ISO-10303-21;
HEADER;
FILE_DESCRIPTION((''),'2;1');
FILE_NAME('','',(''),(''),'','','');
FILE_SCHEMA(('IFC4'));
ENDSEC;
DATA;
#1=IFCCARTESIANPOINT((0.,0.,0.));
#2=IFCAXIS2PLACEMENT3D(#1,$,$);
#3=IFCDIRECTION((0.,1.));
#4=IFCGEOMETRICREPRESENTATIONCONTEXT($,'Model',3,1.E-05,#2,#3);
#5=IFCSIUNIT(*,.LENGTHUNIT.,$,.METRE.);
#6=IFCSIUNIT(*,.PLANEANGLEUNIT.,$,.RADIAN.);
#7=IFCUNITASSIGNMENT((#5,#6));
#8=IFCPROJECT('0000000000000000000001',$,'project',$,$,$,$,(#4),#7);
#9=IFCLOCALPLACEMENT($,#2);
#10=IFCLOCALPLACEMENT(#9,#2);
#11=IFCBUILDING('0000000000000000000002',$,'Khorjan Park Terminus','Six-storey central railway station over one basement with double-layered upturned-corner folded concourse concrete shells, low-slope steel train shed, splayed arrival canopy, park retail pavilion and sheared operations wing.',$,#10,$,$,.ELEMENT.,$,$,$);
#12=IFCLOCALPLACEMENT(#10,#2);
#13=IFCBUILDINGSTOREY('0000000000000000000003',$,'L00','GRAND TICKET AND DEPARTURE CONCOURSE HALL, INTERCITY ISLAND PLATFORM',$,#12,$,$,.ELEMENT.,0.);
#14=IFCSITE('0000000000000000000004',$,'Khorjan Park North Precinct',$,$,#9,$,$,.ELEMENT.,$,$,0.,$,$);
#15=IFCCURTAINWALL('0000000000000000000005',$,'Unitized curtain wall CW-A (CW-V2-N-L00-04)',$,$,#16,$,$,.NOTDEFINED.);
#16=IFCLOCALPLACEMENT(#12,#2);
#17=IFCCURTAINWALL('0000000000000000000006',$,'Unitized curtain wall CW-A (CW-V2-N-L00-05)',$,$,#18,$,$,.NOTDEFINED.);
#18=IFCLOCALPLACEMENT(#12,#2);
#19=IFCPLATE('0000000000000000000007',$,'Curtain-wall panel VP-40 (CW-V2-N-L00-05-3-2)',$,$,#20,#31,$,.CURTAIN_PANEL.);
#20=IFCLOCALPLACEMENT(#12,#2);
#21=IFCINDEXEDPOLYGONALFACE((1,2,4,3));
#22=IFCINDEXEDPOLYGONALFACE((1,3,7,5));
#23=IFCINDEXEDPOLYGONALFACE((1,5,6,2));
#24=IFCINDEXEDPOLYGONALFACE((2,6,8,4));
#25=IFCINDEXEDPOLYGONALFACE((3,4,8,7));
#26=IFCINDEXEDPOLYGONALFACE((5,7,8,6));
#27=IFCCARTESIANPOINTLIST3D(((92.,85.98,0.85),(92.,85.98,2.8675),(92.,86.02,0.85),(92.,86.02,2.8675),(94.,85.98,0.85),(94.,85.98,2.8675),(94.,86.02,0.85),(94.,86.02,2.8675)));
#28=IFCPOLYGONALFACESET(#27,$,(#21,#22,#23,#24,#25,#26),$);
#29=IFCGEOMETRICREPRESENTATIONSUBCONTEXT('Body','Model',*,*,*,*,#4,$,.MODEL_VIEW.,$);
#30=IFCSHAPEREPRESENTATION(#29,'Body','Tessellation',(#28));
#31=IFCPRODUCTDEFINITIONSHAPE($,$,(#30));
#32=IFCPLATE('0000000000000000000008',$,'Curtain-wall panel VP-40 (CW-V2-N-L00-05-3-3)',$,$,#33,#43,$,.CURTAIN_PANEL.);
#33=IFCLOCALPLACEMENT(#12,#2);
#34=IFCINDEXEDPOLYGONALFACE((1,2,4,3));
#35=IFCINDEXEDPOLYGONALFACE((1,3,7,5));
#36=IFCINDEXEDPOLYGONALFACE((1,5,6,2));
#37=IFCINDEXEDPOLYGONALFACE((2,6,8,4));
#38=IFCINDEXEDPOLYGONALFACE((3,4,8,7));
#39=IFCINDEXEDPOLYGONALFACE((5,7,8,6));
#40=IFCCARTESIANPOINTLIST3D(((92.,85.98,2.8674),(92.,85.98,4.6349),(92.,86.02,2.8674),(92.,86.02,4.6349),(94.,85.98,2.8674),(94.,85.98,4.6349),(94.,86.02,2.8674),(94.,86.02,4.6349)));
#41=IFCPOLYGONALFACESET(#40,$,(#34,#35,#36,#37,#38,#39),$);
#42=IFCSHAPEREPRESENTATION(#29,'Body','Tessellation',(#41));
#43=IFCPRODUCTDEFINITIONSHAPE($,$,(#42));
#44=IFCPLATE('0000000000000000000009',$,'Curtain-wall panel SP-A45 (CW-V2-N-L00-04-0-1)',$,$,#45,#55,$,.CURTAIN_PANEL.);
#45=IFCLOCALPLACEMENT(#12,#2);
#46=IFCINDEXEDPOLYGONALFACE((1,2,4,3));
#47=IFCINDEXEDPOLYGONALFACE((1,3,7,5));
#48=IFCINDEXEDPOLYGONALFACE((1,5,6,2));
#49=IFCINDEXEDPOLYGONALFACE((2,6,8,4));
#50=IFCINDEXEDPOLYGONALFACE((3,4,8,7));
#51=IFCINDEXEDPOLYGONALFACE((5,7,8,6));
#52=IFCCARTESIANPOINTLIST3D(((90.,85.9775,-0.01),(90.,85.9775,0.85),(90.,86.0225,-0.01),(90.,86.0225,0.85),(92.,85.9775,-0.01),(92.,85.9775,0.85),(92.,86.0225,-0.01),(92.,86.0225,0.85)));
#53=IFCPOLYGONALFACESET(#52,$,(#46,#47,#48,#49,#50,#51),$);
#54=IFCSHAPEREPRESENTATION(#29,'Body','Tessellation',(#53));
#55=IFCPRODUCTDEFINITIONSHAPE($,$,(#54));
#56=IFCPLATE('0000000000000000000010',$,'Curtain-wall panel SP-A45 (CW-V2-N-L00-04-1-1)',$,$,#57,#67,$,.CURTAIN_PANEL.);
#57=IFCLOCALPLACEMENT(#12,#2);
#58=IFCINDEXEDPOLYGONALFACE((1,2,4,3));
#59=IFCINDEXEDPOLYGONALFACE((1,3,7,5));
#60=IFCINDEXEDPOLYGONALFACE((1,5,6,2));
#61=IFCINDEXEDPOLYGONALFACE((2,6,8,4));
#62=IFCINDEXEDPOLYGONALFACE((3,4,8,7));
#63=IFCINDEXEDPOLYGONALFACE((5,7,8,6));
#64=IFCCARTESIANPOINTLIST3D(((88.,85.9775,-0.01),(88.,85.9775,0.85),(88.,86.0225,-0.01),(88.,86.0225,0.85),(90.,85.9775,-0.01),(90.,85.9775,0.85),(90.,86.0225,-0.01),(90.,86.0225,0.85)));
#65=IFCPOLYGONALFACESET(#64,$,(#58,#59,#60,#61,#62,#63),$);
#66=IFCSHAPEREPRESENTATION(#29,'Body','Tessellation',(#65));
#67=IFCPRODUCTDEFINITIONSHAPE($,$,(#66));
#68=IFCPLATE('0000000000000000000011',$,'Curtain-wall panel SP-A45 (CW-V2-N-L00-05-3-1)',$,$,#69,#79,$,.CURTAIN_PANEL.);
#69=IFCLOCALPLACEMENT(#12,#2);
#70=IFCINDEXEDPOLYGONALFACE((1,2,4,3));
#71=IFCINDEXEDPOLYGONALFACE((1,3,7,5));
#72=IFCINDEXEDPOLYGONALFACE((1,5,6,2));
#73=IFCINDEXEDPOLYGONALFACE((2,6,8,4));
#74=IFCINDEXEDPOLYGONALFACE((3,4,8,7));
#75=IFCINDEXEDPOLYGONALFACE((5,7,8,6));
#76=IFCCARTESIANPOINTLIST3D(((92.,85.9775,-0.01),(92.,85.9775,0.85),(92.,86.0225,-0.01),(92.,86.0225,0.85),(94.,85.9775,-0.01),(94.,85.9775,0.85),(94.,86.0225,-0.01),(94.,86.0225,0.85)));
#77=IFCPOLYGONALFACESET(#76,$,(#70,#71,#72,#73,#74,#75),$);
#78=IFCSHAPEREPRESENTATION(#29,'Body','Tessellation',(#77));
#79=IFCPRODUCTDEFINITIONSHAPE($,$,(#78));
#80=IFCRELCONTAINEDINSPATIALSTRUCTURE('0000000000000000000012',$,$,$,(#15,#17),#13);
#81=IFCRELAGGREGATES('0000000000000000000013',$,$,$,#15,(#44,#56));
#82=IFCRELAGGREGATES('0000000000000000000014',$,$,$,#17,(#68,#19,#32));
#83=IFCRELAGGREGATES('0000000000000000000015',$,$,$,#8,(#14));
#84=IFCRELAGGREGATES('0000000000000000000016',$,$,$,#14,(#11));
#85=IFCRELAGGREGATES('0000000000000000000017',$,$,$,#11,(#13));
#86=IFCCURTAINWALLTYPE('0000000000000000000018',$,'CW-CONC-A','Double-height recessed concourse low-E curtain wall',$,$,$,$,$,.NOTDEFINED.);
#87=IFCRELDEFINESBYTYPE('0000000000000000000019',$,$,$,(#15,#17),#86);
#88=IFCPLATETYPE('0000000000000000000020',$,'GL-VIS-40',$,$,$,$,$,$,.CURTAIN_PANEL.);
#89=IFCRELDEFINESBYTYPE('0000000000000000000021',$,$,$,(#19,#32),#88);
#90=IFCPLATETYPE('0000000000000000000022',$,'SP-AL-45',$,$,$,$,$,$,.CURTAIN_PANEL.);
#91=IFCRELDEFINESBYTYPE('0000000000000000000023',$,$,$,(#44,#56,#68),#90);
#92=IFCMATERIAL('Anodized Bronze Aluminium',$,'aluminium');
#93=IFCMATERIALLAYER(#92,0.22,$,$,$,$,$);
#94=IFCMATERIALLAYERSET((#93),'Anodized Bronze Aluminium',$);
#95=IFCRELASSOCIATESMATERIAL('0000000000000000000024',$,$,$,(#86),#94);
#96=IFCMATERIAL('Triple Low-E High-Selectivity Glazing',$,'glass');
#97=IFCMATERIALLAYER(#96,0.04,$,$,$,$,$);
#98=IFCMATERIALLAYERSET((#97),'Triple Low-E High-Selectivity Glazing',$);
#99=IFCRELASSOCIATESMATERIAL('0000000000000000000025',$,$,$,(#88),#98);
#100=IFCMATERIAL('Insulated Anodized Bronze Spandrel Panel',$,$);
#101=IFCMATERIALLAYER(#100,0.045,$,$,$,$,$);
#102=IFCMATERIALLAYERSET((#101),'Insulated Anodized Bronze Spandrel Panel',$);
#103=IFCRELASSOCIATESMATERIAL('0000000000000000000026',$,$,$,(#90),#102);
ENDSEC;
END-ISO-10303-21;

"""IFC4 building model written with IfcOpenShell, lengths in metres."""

from ifc_helpers import new_model, si_unit, direction, frame, origin, origin_2d, place, context, subcontext, project, spatial, rectangle, extrude, material, layer, layer_set, type_object, element, aggregate, save


model = new_model("IFC4")

# Units and contexts
model_context = context("Model", 3, precision=1e-05, world=origin(), true_north=direction((0.0, 1.0)))
body_context = subcontext(model_context, "Body", "Model", "MODEL_VIEW")
ifc_project = project(units=[si_unit("LENGTHUNIT", "METRE"), si_unit("PLANEANGLEUNIT", "RADIAN")], contexts=[model_context])

# Site, building, storey
site_placement = place(None, origin())
site = spatial("IfcSite", under=ifc_project, at=site_placement, Name="Khorjan Park North Precinct", CompositionType="ELEMENT", RefElevation=0.0)
building_placement = place(site_placement, origin())
building = spatial("IfcBuilding", under=site, at=building_placement, Name="Khorjan Park Terminus", Description="Six-storey central railway station over one basement with double-layered upturned-corner folded concourse concrete shells, low-slope steel train shed, splayed arrival canopy, park retail pavilion and sheared operations wing.", CompositionType="ELEMENT")
storey_placement = place(building_placement, origin())
storey = spatial("IfcBuildingStorey", under=building, at=storey_placement, Name="L00", Description="GRAND TICKET AND DEPARTURE CONCOURSE HALL, INTERCITY ISLAND PLATFORM", CompositionType="ELEMENT", Elevation=0.0)

# Curtain wall
ifc_material_1 = material(Name="Anodized Bronze Aluminium", Category="aluminium")
ifc_layer_1 = layer(ifc_material_1, 0.22)
ifc_layer_set_1 = layer_set([ifc_layer_1], Name="Anodized Bronze Aluminium")
curtain_wall_type = type_object("IfcCurtainWallType", Name="CW-CONC-A", Description="Double-height recessed concourse low-E curtain wall", PredefinedType="NOTDEFINED", material=ifc_layer_set_1)
curtain_wall_1_placement = place(storey_placement, origin())
curtain_wall_1 = element("IfcCurtainWall", 1, at=curtain_wall_1_placement, inside=storey, type_object=curtain_wall_type, Name="Unitized curtain wall CW-A (CW-V2-N-L00-04)", PredefinedType="NOTDEFINED")

# Curtain wall
curtain_wall_2_placement = place(storey_placement, origin())
curtain_wall_2 = element("IfcCurtainWall", 2, at=curtain_wall_2_placement, inside=storey, type_object=curtain_wall_type, Name="Unitized curtain wall CW-A (CW-V2-N-L00-05)", PredefinedType="NOTDEFINED")

# Plates
ifc_material_2 = material(Name="Triple Low-E High-Selectivity Glazing", Category="glass")
ifc_layer_2 = layer(ifc_material_2, 0.04)
ifc_layer_set_2 = layer_set([ifc_layer_2], Name="Triple Low-E High-Selectivity Glazing")
plate_type_1 = type_object("IfcPlateType", Name="GL-VIS-40", PredefinedType="CURTAIN_PANEL", material=ifc_layer_set_2)
plate_1_placement = place(storey_placement, frame((93.0, 86.0, 0.85), z_axis=(0.0, 0.0, 1.0), x_axis=(-1.0, 0.0, 0.0)))
plate_1 = element("IfcPlate", 3, at=plate_1_placement, type_object=plate_type_1, Name="Curtain-wall panel VP-40 (CW-V2-N-L00-05-3-2)", PredefinedType="CURTAIN_PANEL", context=body_context, shape_type="SweptSolid", body=[
    extrude(rectangle(XDim=2.0, YDim=0.04, at=origin_2d()), origin(), (0.0, 0.0, 1.0), 2.0175),
])
plate_2_placement = place(storey_placement, frame((93.0, 86.0, 2.8674), z_axis=(0.0, 0.0, 1.0), x_axis=(-1.0, 0.0, 0.0)))
plate_2 = element("IfcPlate", 4, at=plate_2_placement, type_object=plate_type_1, Name="Curtain-wall panel VP-40 (CW-V2-N-L00-05-3-3)", PredefinedType="CURTAIN_PANEL", context=body_context, shape_type="SweptSolid", body=[
    extrude(rectangle(XDim=2.0, YDim=0.04, at=origin_2d()), origin(), (0.0, 0.0, 1.0), 1.7675),
])
ifc_material_3 = material(Name="Insulated Anodized Bronze Spandrel Panel")
ifc_layer_3 = layer(ifc_material_3, 0.045)
ifc_layer_set_3 = layer_set([ifc_layer_3], Name="Insulated Anodized Bronze Spandrel Panel")
plate_type_2 = type_object("IfcPlateType", Name="SP-AL-45", PredefinedType="CURTAIN_PANEL", material=ifc_layer_set_3)
plate_3_placement = place(storey_placement, frame((91.0, 86.0, -0.01), z_axis=(0.0, 0.0, 1.0), x_axis=(-1.0, 0.0, 0.0)))
plate_3 = element("IfcPlate", 5, at=plate_3_placement, type_object=plate_type_2, Name="Curtain-wall panel SP-A45 (CW-V2-N-L00-04-0-1)", PredefinedType="CURTAIN_PANEL", context=body_context, shape_type="SweptSolid", body=[
    extrude(rectangle(XDim=2.0, YDim=0.045, at=origin_2d()), origin(), (0.0, 0.0, 1.0), 0.86),
])
plate_4_placement = place(storey_placement, frame((89.0, 86.0, -0.01), z_axis=(0.0, 0.0, 1.0), x_axis=(-1.0, 0.0, 0.0)))
plate_4 = element("IfcPlate", 6, at=plate_4_placement, type_object=plate_type_2, Name="Curtain-wall panel SP-A45 (CW-V2-N-L00-04-1-1)", PredefinedType="CURTAIN_PANEL", context=body_context, shape_type="SweptSolid", body=[
    extrude(rectangle(XDim=2.0, YDim=0.045, at=origin_2d()), origin(), (0.0, 0.0, 1.0), 0.86),
])
aggregate(curtain_wall_1, [plate_3, plate_4])
plate_5_placement = place(storey_placement, frame((93.0, 86.0, -0.01), z_axis=(0.0, 0.0, 1.0), x_axis=(-1.0, 0.0, 0.0)))
plate_5 = element("IfcPlate", 7, at=plate_5_placement, type_object=plate_type_2, Name="Curtain-wall panel SP-A45 (CW-V2-N-L00-05-3-1)", PredefinedType="CURTAIN_PANEL", context=body_context, shape_type="SweptSolid", body=[
    extrude(rectangle(XDim=2.0, YDim=0.045, at=origin_2d()), origin(), (0.0, 0.0, 1.0), 0.86),
])
aggregate(curtain_wall_2, [plate_5, plate_1, plate_2])

save(model, "model.ifc")
